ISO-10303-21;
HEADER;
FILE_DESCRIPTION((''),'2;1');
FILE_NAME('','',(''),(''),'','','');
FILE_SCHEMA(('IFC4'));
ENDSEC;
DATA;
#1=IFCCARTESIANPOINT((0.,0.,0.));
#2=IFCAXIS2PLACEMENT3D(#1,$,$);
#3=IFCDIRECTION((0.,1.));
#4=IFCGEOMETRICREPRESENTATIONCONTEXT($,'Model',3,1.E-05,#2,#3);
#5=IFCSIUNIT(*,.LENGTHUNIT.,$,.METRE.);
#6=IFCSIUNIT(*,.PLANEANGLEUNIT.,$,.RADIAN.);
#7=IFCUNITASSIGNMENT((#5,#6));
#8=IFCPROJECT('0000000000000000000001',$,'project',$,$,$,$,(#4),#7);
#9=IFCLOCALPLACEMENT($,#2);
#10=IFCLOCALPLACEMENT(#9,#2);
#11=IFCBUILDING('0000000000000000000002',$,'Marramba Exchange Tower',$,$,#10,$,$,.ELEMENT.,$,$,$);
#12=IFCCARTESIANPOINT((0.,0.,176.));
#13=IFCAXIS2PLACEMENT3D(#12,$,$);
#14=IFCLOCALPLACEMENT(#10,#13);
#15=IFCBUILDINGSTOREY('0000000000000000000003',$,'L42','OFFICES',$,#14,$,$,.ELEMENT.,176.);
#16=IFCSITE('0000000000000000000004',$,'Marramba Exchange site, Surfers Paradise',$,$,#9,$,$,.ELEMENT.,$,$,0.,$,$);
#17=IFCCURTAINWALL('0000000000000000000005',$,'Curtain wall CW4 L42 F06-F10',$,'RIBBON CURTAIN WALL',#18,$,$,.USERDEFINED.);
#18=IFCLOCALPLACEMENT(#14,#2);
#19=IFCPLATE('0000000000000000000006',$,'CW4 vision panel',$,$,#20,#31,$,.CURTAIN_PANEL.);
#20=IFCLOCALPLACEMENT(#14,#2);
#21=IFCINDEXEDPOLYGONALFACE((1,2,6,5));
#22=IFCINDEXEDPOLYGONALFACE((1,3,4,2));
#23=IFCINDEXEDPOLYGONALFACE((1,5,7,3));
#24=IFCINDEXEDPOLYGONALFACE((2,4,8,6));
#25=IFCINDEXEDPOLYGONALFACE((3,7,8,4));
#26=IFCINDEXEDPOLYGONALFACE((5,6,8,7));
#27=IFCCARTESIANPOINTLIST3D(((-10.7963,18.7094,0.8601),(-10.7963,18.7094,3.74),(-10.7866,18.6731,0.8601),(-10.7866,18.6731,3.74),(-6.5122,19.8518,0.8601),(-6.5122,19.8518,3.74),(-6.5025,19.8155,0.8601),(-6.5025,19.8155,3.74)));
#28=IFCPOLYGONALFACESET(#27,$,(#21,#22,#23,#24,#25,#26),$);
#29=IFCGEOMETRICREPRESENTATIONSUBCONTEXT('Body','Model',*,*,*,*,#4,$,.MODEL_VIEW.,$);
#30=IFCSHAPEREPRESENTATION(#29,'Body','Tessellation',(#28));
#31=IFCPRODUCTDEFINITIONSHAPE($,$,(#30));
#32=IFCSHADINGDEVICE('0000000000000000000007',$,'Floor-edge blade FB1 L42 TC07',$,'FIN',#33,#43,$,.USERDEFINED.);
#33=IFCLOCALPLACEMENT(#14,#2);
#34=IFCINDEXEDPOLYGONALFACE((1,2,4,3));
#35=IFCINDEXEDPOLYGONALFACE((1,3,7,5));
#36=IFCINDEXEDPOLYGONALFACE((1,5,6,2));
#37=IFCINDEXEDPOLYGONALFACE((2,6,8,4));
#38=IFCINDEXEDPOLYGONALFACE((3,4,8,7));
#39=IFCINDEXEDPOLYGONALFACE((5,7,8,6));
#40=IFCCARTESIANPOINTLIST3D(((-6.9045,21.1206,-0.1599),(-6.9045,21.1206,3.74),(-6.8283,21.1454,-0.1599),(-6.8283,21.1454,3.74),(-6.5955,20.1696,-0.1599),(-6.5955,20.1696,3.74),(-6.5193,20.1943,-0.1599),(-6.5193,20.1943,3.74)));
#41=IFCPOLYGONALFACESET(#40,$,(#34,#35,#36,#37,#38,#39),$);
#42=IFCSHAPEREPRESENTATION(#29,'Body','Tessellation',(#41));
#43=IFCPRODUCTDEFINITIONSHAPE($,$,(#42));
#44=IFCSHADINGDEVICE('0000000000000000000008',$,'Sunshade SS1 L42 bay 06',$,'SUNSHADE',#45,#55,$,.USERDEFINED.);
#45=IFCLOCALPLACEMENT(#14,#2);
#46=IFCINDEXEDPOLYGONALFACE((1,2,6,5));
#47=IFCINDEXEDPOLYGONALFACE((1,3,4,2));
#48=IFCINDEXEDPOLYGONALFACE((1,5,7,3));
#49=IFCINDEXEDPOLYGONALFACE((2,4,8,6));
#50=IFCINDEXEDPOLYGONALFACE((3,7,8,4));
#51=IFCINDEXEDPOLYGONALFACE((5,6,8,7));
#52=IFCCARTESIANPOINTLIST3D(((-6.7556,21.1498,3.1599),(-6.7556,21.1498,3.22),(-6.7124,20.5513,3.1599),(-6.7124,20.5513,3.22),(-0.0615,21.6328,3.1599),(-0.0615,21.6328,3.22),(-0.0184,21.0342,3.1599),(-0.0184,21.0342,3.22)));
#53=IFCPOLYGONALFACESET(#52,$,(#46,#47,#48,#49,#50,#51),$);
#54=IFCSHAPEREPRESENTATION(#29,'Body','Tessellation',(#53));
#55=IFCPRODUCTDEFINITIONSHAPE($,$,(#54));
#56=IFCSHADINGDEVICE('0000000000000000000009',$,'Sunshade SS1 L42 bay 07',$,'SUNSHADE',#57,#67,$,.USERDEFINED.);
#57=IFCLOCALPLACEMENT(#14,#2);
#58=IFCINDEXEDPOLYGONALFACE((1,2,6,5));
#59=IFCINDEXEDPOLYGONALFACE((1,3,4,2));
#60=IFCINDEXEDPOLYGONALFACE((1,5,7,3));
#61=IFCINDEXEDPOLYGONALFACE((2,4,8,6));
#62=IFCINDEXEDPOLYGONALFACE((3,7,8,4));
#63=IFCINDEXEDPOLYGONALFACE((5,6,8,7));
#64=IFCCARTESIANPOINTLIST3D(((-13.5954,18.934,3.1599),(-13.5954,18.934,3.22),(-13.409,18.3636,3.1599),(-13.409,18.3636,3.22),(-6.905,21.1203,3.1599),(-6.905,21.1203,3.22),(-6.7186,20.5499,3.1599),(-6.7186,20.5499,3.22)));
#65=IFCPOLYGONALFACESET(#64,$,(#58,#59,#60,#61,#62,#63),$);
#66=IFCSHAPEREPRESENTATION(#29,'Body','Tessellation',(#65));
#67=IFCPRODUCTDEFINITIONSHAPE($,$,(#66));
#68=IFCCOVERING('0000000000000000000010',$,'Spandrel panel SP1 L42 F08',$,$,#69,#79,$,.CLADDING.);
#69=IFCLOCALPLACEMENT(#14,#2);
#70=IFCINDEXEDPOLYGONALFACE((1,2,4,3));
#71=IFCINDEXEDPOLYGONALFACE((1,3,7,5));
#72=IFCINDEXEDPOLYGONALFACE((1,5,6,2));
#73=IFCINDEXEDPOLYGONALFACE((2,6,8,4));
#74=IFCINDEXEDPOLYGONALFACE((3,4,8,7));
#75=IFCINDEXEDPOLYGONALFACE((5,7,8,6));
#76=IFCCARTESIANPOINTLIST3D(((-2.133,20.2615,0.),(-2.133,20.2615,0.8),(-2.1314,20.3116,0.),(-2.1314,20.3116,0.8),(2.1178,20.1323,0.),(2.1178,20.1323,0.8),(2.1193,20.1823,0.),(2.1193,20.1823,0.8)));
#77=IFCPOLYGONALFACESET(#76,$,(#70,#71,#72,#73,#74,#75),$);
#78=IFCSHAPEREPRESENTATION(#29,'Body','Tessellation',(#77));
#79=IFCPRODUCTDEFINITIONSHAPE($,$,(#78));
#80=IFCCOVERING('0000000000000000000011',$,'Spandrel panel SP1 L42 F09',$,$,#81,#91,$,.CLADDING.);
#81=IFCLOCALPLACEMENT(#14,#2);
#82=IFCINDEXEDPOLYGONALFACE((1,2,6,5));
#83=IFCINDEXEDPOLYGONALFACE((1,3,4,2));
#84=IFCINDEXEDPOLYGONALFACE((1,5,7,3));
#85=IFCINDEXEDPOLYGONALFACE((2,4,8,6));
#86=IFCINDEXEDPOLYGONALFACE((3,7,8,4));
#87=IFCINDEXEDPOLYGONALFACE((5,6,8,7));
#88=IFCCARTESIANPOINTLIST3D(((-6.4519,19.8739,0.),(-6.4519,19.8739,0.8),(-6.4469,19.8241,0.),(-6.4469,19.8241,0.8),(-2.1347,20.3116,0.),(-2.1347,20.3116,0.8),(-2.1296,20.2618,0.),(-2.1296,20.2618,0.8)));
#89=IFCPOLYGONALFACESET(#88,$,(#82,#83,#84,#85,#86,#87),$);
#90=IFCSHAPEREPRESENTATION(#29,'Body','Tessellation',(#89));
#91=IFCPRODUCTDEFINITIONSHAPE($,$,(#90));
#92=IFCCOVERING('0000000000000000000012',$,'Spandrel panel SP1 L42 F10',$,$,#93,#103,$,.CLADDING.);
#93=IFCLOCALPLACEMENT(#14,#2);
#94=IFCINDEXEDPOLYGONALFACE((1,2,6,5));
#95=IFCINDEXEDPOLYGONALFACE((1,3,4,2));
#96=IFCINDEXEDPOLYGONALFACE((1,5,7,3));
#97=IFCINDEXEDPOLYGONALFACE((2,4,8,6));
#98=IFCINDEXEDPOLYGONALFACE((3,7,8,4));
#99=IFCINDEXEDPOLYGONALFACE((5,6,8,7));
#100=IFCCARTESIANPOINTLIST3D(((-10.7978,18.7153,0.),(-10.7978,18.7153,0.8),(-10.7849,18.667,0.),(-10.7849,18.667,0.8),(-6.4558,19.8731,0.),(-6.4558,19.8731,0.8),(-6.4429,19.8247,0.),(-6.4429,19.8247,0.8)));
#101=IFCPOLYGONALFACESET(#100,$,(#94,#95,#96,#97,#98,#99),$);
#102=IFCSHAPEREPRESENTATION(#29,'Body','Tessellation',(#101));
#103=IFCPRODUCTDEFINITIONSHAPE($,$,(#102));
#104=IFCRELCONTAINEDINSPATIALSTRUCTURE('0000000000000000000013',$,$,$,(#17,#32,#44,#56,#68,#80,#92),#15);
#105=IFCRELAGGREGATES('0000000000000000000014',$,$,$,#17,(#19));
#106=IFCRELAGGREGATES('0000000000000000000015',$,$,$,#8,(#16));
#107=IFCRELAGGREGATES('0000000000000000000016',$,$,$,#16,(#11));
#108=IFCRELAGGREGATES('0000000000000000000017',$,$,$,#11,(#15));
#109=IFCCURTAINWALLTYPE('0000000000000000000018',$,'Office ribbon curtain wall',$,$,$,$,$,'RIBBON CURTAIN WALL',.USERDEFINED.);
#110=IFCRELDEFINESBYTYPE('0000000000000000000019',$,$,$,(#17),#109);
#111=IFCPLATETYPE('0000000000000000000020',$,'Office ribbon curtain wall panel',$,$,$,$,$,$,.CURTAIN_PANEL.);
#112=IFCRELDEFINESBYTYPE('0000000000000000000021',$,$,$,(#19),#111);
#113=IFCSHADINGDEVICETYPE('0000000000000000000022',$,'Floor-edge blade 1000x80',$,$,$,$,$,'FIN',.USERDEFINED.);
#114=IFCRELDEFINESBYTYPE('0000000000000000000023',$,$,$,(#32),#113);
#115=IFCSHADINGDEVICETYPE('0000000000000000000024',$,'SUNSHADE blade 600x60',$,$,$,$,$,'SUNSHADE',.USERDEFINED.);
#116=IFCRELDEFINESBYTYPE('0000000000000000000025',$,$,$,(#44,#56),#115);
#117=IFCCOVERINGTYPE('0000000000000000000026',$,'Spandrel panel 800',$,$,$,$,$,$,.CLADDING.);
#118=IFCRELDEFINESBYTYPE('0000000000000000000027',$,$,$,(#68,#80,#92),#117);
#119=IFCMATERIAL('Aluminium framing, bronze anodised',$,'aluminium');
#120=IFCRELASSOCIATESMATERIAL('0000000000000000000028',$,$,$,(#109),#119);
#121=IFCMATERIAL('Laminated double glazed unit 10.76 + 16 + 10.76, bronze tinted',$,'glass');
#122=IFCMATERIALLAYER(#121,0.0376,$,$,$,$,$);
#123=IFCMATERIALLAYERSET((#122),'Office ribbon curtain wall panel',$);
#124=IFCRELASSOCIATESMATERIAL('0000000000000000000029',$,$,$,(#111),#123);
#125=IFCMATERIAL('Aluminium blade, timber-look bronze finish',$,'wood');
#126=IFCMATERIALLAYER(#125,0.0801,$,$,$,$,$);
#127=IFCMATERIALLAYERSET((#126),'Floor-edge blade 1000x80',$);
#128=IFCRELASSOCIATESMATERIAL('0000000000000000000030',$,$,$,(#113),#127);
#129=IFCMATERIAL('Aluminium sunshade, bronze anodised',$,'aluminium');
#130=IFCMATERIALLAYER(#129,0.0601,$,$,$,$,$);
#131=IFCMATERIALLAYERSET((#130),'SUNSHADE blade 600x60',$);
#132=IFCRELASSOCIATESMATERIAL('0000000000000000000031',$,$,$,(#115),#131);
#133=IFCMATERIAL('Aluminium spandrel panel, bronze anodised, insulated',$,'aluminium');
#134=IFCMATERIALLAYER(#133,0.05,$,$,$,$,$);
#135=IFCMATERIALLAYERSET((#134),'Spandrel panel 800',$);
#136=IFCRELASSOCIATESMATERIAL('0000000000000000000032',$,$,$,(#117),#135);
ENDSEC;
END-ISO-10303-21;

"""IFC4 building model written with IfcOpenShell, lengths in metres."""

from ifc_helpers import new_model, si_unit, direction, frame, origin, origin_2d, place, context, subcontext, project, spatial, rectangle, extrude, material, layer, layer_set, type_object, element, aggregate, save


model = new_model("IFC4")

# Units and contexts
model_context = context("Model", 3, precision=1e-05, world=origin(), true_north=direction((0.0, 1.0)))
body_context = subcontext(model_context, "Body", "Model", "MODEL_VIEW")
ifc_project = project(units=[si_unit("LENGTHUNIT", "METRE"), si_unit("PLANEANGLEUNIT", "RADIAN")], contexts=[model_context])

# Site, building, storey
site_placement = place(None, origin())
site = spatial("IfcSite", under=ifc_project, at=site_placement, Name="Marramba Exchange site, Surfers Paradise", CompositionType="ELEMENT", RefElevation=0.0)
building_placement = place(site_placement, origin())
building = spatial("IfcBuilding", under=site, at=building_placement, Name="Marramba Exchange Tower", CompositionType="ELEMENT")
storey_placement = place(building_placement, frame((0.0, 0.0, 176.0)))
storey = spatial("IfcBuildingStorey", under=building, at=storey_placement, Name="L42", Description="OFFICES", CompositionType="ELEMENT", Elevation=176.0)

# Curtain wall
ifc_material_1 = material(Name="Aluminium framing, bronze anodised", Category="aluminium")
curtain_wall_type = type_object("IfcCurtainWallType", Name="Office ribbon curtain wall", ElementType="RIBBON CURTAIN WALL", PredefinedType="USERDEFINED", material=ifc_material_1)
curtain_wall_1_placement = place(storey_placement, origin())
curtain_wall_1 = element("IfcCurtainWall", 1, at=curtain_wall_1_placement, inside=storey, type_object=curtain_wall_type, Name="Curtain wall CW4 L42 F06-F10", ObjectType="RIBBON CURTAIN WALL", PredefinedType="USERDEFINED")

# Plate
ifc_material_2 = material(Name="Laminated double glazed unit 10.76 + 16 + 10.76, bronze tinted", Category="glass")
ifc_layer_1 = layer(ifc_material_2, 0.0376)
ifc_layer_set_1 = layer_set([ifc_layer_1], Name="Office ribbon curtain wall panel")
plate_type = type_object("IfcPlateType", Name="Office ribbon curtain wall panel", PredefinedType="CURTAIN_PANEL", material=ifc_layer_set_1)
plate_1_placement = place(storey_placement, frame((-8.6494, 19.2625, 0.8601), z_axis=(0.0, 0.0, 1.0), x_axis=(-0.966241, -0.257641, 0.0)))
plate_1 = element("IfcPlate", 2, at=plate_1_placement, type_object=plate_type, Name="CW4 vision panel", PredefinedType="CURTAIN_PANEL", context=body_context, shape_type="SweptSolid", body=[
    extrude(rectangle(XDim=4.4338, YDim=0.0376, at=origin_2d()), origin(), (0.0, 0.0, 1.0), 2.8799),
])
aggregate(curtain_wall_1, [plate_1])

# Shading devices
ifc_material_3 = material(Name="Aluminium blade, timber-look bronze finish", Category="wood")
ifc_layer_2 = layer(ifc_material_3, 0.0801)
ifc_layer_set_2 = layer_set([ifc_layer_2], Name="Floor-edge blade 1000x80")
shading_device_type_1 = type_object("IfcShadingDeviceType", Name="Floor-edge blade 1000x80", ElementType="FIN", PredefinedType="USERDEFINED", material=ifc_layer_set_2)
shading_device_1_placement = place(storey_placement, frame((-6.7119, 20.6575, -0.1599), z_axis=(0.0, 0.0, 1.0), x_axis=(-0.309017, 0.951057, 0.0)))
element("IfcShadingDevice", 3, at=shading_device_1_placement, inside=storey, type_object=shading_device_type_1, Name="Floor-edge blade FB1 L42 TC07", ObjectType="FIN", PredefinedType="USERDEFINED", context=body_context, shape_type="SweptSolid", body=[
    extrude(rectangle(XDim=1.0, YDim=0.0801, at=origin_2d()), origin(), (0.0, 0.0, 1.0), 3.8999),
])
ifc_material_4 = material(Name="Aluminium sunshade, bronze anodised", Category="aluminium")
ifc_layer_3 = layer(ifc_material_4, 0.0601)
ifc_layer_set_3 = layer_set([ifc_layer_3], Name="SUNSHADE blade 600x60")
shading_device_type_2 = type_object("IfcShadingDeviceType", Name="SUNSHADE blade 600x60", ElementType="SUNSHADE", PredefinedType="USERDEFINED", material=ifc_layer_set_3)
shading_device_2_placement = place(storey_placement, frame((-3.387, 21.092, 3.1599), z_axis=(0.0, 0.0, 1.0), x_axis=(-0.997408, -0.071958, 0.0)))
element("IfcShadingDevice", 4, at=shading_device_2_placement, inside=storey, type_object=shading_device_type_2, Name="Sunshade SS1 L42 bay 06", ObjectType="SUNSHADE", PredefinedType="USERDEFINED", context=body_context, shape_type="SweptSolid", body=[
    extrude(rectangle(XDim=6.7114, YDim=0.6001, at=origin_2d()), origin(), (0.0, 0.0, 1.0), 0.0601),
])
shading_device_3_placement = place(storey_placement, frame((-10.157, 19.7419, 3.1599), z_axis=(0.0, 0.0, 1.0), x_axis=(-0.950538, -0.31061, 0.0)))
element("IfcShadingDevice", 5, at=shading_device_3_placement, inside=storey, type_object=shading_device_type_2, Name="Sunshade SS1 L42 bay 07", ObjectType="SUNSHADE", PredefinedType="USERDEFINED", context=body_context, shape_type="SweptSolid", body=[
    extrude(rectangle(XDim=7.0386, YDim=0.6001, at=origin_2d()), origin(), (0.0, 0.0, 1.0), 0.0601),
])

# Coverings
ifc_material_5 = material(Name="Aluminium spandrel panel, bronze anodised, insulated", Category="aluminium")
ifc_layer_4 = layer(ifc_material_5, 0.05)
ifc_layer_set_4 = layer_set([ifc_layer_4], Name="Spandrel panel 800")
covering_type = type_object("IfcCoveringType", Name="Spandrel panel 800", PredefinedType="CLADDING", material=ifc_layer_set_4)
covering_1_placement = place(storey_placement, frame((-0.0068, 20.2219, 0.0), z_axis=(0.0, 0.0, 1.0), x_axis=(-0.999538, 0.030394, 0.0)))
element("IfcCovering", 6, at=covering_1_placement, inside=storey, type_object=covering_type, Name="Spandrel panel SP1 L42 F08", PredefinedType="CLADDING", context=body_context, shape_type="SweptSolid", body=[
    extrude(rectangle(XDim=4.2527, YDim=0.05, at=origin_2d()), origin(), (0.0, 0.0, 1.0), 0.8),
])
covering_2_placement = place(storey_placement, frame((-4.2908, 20.0679, 0.0), z_axis=(0.0, 0.0, 1.0), x_axis=(-0.9949, -0.100863, 0.0)))
element("IfcCovering", 7, at=covering_2_placement, inside=storey, type_object=covering_type, Name="Spandrel panel SP1 L42 F09", PredefinedType="CLADDING", context=body_context, shape_type="SweptSolid", body=[
    extrude(rectangle(XDim=4.3394, YDim=0.05, at=origin_2d()), origin(), (0.0, 0.0, 1.0), 0.8),
])
covering_3_placement = place(storey_placement, frame((-8.6204, 19.27, 0.0), z_axis=(0.0, 0.0, 1.0), x_axis=(-0.966241, -0.257641, 0.0)))
element("IfcCovering", 8, at=covering_3_placement, inside=storey, type_object=covering_type, Name="Spandrel panel SP1 L42 F10", PredefinedType="CLADDING", context=body_context, shape_type="SweptSolid", body=[
    extrude(rectangle(XDim=4.4937, YDim=0.05, at=origin_2d()), origin(), (0.0, 0.0, 1.0), 0.8),
])

save(model, "model.ifc")
